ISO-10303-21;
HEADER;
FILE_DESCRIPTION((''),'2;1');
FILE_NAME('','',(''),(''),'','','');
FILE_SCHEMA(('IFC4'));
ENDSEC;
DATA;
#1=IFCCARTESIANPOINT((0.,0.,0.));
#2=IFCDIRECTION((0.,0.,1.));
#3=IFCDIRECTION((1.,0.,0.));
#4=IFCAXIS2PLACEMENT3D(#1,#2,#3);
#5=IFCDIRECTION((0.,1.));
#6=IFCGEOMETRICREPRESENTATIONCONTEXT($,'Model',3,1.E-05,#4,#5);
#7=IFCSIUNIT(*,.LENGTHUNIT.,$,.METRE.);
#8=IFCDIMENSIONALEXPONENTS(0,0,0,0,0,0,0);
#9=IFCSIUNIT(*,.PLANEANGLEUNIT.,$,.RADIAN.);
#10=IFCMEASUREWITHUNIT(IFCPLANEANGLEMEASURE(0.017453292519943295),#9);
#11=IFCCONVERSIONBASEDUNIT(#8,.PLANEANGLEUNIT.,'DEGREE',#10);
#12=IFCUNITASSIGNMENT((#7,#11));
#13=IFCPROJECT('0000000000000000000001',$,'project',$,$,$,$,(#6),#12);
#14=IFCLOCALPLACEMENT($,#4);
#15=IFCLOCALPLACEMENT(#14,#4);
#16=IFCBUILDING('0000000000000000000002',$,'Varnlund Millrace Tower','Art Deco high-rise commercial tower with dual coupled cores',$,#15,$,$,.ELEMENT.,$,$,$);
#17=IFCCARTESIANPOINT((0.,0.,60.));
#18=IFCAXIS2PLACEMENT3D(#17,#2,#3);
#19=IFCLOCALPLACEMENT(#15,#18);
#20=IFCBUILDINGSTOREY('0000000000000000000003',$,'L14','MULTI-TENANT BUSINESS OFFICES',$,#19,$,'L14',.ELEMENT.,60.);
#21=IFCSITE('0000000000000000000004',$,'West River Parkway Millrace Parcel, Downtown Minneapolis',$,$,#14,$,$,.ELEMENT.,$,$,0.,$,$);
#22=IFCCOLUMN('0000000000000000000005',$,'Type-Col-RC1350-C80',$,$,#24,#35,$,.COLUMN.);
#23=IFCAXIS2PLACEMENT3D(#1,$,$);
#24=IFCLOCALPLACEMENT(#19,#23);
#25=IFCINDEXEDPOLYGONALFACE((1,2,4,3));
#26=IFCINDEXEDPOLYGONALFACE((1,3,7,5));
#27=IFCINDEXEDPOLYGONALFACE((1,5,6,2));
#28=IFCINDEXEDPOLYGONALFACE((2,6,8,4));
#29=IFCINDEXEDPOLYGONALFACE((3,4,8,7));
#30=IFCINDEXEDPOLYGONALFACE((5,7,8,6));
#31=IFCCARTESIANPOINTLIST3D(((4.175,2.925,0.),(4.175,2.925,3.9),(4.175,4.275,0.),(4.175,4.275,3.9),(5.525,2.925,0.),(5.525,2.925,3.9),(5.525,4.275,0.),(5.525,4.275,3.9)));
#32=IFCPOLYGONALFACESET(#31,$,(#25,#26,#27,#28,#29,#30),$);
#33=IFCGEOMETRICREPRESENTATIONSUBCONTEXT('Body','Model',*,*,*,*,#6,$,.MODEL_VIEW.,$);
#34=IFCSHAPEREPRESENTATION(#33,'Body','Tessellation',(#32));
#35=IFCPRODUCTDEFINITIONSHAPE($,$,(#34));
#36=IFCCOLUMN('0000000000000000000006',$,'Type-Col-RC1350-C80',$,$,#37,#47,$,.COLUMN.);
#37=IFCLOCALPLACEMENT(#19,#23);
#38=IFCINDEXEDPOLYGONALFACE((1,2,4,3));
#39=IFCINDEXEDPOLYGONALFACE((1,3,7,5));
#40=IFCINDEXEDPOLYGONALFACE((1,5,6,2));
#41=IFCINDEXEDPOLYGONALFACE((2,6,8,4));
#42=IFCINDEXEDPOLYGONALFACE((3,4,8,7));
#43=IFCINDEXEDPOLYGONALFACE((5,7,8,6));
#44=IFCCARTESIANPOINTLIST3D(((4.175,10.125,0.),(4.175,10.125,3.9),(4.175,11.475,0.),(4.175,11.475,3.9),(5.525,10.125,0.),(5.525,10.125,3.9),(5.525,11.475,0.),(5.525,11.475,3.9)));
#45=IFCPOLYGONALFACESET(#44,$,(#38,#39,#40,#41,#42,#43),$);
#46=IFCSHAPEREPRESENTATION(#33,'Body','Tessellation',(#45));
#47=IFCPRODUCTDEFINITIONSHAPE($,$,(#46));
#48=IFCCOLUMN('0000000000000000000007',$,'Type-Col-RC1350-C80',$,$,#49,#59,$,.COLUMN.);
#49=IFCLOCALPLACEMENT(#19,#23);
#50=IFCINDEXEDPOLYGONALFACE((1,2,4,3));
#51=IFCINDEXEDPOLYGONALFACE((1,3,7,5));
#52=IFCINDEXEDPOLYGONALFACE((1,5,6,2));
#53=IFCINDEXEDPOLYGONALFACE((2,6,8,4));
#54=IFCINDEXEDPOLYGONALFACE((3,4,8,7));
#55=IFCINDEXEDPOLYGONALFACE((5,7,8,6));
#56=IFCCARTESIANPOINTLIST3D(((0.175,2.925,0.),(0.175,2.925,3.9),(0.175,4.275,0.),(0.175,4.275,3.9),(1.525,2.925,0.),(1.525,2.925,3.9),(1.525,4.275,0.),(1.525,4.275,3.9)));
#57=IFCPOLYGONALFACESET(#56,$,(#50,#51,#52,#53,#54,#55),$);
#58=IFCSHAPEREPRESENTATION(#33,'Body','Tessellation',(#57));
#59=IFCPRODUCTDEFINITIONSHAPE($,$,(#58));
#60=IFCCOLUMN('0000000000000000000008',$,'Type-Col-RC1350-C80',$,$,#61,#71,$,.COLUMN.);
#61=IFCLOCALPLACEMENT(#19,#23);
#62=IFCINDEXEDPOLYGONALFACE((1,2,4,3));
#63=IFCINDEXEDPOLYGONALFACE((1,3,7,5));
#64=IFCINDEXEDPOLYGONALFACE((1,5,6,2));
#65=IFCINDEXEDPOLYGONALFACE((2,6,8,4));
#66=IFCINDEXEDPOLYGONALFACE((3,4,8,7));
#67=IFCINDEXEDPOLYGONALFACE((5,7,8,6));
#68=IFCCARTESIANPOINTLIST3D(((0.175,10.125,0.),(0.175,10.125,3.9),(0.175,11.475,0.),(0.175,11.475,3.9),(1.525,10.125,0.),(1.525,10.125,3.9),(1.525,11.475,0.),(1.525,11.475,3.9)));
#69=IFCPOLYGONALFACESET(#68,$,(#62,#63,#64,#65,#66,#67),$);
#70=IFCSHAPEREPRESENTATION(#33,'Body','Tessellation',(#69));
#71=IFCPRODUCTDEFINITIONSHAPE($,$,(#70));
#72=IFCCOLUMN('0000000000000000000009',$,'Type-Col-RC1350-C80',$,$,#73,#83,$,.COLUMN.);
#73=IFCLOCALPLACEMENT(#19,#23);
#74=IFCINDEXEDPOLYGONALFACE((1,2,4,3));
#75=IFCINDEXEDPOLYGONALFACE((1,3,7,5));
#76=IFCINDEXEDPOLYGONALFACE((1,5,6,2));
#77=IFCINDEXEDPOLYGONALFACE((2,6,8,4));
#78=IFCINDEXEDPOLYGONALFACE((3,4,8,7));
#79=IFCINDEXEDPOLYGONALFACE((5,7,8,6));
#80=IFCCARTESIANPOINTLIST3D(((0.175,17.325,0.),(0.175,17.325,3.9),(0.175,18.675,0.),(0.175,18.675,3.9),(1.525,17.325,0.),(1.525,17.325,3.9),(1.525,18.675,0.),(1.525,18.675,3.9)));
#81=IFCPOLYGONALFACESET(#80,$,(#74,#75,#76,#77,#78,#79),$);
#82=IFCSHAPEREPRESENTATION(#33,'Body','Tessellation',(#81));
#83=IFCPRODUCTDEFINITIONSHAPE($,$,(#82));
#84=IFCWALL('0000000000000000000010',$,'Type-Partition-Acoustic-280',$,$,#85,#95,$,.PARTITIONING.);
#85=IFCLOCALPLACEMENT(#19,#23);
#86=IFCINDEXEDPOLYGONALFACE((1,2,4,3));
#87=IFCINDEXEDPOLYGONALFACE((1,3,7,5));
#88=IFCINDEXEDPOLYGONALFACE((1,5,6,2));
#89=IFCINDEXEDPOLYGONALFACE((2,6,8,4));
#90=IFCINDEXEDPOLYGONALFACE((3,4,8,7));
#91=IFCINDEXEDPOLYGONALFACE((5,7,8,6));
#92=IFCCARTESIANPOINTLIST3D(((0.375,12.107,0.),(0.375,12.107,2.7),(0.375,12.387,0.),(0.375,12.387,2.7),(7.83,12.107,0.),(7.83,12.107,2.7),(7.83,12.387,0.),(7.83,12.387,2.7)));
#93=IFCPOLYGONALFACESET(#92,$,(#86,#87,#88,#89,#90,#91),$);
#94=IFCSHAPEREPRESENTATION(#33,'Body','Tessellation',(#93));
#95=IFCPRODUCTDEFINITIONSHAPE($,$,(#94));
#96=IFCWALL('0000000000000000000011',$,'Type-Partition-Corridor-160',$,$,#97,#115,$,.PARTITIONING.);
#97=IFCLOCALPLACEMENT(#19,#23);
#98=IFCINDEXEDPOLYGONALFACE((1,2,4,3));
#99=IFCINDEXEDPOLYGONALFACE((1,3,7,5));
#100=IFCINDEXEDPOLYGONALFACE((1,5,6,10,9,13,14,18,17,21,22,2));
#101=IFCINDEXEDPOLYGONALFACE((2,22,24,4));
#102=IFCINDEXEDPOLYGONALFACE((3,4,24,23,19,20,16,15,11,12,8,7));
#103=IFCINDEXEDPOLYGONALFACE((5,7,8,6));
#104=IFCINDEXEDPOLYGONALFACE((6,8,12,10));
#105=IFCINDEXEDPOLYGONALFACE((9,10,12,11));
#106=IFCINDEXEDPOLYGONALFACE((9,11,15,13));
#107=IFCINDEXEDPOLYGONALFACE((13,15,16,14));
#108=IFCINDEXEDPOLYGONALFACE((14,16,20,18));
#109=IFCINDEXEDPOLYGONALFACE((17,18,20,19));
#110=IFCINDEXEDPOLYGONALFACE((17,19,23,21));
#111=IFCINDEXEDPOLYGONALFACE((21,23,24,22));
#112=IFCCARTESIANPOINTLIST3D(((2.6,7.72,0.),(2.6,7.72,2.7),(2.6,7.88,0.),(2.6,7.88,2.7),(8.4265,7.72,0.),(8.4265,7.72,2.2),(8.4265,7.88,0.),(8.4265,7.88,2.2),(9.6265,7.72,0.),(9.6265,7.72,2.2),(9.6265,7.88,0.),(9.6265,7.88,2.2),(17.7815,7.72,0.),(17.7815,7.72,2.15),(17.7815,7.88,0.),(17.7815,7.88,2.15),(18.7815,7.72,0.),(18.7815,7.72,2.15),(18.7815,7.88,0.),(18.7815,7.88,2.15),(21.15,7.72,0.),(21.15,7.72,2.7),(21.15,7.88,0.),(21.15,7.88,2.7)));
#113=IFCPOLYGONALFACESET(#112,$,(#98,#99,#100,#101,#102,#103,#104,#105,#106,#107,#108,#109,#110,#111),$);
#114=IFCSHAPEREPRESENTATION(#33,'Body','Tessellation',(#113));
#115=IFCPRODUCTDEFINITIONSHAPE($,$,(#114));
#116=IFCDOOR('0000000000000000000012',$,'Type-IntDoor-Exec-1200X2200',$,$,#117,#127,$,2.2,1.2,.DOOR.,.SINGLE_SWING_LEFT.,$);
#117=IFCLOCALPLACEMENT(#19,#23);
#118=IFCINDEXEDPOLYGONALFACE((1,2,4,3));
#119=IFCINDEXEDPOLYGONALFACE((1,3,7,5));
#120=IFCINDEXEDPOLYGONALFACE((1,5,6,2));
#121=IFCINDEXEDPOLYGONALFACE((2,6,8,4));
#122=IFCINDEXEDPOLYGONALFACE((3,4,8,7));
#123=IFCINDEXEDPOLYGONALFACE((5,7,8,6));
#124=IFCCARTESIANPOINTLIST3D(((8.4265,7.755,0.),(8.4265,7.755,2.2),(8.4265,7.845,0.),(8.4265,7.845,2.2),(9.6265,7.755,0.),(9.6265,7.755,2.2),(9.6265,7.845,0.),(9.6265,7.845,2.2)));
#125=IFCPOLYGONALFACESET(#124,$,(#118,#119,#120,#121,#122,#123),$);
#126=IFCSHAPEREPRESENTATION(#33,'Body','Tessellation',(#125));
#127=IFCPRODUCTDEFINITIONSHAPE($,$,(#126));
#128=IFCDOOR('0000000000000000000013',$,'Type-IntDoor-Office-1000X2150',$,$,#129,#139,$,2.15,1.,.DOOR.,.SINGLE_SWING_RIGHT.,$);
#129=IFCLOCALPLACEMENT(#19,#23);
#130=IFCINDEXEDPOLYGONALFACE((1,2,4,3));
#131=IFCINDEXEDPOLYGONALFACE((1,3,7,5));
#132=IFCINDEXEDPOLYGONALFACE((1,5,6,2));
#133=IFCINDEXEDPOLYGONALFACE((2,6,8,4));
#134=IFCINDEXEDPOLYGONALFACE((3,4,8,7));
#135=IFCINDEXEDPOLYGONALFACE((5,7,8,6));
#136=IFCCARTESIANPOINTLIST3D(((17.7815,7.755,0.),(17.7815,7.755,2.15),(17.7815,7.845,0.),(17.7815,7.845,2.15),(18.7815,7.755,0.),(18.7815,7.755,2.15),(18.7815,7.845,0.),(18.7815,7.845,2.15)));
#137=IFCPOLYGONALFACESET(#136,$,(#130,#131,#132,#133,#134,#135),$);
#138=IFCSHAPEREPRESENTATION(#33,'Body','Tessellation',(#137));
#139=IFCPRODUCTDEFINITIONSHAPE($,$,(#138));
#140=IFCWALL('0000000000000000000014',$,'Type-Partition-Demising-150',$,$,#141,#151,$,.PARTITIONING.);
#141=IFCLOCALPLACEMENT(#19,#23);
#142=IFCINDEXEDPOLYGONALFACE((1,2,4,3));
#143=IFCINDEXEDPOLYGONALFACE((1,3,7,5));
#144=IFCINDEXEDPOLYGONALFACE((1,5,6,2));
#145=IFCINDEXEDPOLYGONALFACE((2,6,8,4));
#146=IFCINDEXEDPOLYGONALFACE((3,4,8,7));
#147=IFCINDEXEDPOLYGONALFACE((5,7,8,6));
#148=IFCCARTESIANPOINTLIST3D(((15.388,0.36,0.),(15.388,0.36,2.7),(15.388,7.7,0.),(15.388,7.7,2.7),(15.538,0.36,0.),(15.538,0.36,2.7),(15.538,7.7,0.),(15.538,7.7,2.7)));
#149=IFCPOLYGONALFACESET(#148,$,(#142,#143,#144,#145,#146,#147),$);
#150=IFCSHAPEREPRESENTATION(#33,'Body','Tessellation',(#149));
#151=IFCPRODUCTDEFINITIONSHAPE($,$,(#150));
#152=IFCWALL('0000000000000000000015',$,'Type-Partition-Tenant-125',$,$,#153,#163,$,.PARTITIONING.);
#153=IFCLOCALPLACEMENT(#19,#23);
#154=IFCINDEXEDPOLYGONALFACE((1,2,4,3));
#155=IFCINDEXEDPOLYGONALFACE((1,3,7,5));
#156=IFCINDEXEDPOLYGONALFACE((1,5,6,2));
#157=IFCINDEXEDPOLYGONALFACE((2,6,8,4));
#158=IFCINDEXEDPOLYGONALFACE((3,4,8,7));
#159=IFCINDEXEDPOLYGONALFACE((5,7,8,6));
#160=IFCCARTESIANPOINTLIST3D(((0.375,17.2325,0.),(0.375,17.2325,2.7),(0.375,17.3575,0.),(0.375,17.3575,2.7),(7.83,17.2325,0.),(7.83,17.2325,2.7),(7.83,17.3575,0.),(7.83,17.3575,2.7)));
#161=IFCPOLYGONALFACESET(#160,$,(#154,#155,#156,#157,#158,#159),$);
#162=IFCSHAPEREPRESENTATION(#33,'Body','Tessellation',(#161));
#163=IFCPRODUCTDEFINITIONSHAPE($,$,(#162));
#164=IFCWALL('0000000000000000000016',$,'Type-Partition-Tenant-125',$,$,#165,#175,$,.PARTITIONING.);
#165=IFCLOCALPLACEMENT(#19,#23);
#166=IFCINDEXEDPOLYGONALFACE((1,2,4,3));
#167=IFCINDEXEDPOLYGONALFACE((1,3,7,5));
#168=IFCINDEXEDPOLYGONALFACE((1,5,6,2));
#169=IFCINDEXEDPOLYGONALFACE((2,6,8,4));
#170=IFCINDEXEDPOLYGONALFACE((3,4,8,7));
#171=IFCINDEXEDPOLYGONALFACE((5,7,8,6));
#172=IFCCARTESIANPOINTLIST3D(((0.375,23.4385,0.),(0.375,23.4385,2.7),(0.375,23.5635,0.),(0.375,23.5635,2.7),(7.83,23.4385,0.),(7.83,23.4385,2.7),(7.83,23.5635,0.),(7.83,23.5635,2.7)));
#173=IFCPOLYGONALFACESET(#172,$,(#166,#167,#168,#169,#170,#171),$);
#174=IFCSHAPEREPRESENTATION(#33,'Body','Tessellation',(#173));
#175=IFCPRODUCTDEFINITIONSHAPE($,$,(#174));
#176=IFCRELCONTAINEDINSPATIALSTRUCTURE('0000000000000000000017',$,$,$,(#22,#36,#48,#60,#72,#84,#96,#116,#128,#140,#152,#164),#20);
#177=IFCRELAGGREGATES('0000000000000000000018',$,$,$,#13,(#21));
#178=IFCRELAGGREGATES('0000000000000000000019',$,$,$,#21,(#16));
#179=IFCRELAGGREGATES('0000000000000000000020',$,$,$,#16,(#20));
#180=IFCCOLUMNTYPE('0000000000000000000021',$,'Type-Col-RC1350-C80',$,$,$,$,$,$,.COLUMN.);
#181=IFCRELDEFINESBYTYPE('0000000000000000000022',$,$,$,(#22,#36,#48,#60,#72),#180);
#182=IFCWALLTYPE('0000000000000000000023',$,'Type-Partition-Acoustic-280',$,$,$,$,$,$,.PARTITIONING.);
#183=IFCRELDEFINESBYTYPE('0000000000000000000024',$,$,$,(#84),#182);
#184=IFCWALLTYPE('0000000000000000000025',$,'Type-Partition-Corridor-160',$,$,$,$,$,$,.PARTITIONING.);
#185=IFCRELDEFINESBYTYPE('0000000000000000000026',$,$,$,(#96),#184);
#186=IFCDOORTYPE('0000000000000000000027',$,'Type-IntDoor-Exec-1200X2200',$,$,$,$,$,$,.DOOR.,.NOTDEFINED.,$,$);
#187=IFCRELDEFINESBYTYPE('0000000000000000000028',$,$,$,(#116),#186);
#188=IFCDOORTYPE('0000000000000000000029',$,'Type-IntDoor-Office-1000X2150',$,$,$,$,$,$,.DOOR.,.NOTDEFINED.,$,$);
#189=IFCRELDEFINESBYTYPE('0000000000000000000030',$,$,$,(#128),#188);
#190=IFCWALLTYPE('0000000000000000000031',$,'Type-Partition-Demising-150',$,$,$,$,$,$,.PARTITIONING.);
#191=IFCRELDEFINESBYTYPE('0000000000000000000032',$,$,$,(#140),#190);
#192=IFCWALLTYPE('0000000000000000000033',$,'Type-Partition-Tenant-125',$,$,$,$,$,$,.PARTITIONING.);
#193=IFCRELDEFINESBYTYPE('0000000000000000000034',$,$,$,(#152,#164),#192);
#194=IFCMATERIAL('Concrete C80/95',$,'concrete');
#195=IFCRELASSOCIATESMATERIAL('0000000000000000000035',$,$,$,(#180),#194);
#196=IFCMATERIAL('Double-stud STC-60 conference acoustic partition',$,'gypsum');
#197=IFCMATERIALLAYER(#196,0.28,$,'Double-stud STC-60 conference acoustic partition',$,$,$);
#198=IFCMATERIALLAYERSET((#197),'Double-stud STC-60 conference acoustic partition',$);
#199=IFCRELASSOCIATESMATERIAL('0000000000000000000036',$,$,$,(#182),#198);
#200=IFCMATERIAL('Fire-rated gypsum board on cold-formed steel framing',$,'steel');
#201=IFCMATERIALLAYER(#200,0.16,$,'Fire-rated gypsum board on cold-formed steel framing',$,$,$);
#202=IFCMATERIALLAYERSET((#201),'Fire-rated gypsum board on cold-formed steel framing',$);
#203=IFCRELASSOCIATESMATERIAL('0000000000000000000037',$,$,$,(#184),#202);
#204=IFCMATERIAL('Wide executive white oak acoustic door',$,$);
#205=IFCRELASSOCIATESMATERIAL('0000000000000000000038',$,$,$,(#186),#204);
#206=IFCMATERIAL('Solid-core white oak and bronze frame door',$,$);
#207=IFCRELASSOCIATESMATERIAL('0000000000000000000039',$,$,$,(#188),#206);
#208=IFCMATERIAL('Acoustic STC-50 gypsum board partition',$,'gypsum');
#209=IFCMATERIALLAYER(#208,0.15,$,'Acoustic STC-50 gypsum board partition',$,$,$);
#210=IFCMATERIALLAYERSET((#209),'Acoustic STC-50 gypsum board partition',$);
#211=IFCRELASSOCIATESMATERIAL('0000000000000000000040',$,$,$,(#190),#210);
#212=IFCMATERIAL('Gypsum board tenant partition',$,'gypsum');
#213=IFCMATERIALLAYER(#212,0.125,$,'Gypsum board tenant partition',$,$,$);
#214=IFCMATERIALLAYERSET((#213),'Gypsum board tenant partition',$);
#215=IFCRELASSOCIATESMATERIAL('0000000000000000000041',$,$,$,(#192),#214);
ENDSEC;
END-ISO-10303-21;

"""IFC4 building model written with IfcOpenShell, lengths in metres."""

from ifc_helpers import new_model, entity, si_unit, converted_unit, direction, frame, origin_with_axes, origin_2d_with_axis, place, context, subcontext, project, spatial, polyline, rectangle, outline, extrude, material, layer, layer_set, material_profile, profile_set, type_object, element, fill, save


model = new_model("IFC4")

# Units and contexts
model_context = context("Model", 3, precision=1e-05, world=origin_with_axes(), true_north=direction((0.0, 1.0)))
body_context = subcontext(model_context, "Body", "Model", "MODEL_VIEW")
ifc_project = project(units=[si_unit("LENGTHUNIT", "METRE"), converted_unit("PLANEANGLEUNIT", "DEGREE", entity("IfcPlaneAngleMeasure", 0.017453292519943295), si_unit("PLANEANGLEUNIT", "RADIAN"), dimensions=[0, 0, 0, 0, 0, 0, 0])], contexts=[model_context])

# Site, building, storey
site_placement = place(None, origin_with_axes())
site = spatial("IfcSite", under=ifc_project, at=site_placement, Name="West River Parkway Millrace Parcel, Downtown Minneapolis", CompositionType="ELEMENT", RefElevation=0.0)
building_placement = place(site_placement, origin_with_axes())
building = spatial("IfcBuilding", under=site, at=building_placement, Name="Varnlund Millrace Tower", Description="Art Deco high-rise commercial tower with dual coupled cores", CompositionType="ELEMENT")
storey_placement = place(building_placement, frame((0.0, 0.0, 60.0), z_axis=(0.0, 0.0, 1.0), x_axis=(1.0, 0.0, 0.0)))
storey = spatial("IfcBuildingStorey", under=building, at=storey_placement, Name="L14", Description="MULTI-TENANT BUSINESS OFFICES", LongName="L14", CompositionType="ELEMENT", Elevation=60.0)

# Columns
ifc_material_1 = material(Name="Concrete C80/95", Category="concrete")
ifc_material_profile = material_profile(ifc_material_1, rectangle(XDim=1.35, YDim=1.35, at=origin_2d_with_axis()), Name="Concrete C80/95")
ifc_profile_set = profile_set([ifc_material_profile], Name="Concrete C80/95")
column_type = type_object("IfcColumnType", Name="Type-Col-RC1350-C80", PredefinedType="COLUMN", material=ifc_profile_set)
for number, where, z_axis, x_axis, name in (
    (1, (4.85, 3.6, 0.0), (0.0, 0.0, 1.0), (1.0, 0.0, 0.0), "Type-Col-RC1350-C80"),
    (2, (4.85, 10.8, 0.0), (0.0, 0.0, 1.0), (1.0, 0.0, 0.0), "Type-Col-RC1350-C80"),
    (3, (0.85, 3.6, 0.0), (0.0, 0.0, 1.0), (1.0, 0.0, 0.0), "Type-Col-RC1350-C80"),
    (4, (0.85, 10.8, 0.0), (0.0, 0.0, 1.0), (1.0, 0.0, 0.0), "Type-Col-RC1350-C80"),
    (5, (0.85, 18.0, 0.0), (0.0, 0.0, 1.0), (1.0, 0.0, 0.0), "Type-Col-RC1350-C80"),
):
    element("IfcColumn", number, at=place(storey_placement, frame(where, z_axis=z_axis, x_axis=x_axis)), inside=storey, type_object=column_type, Name=name, PredefinedType="COLUMN", context=body_context, shape_type="SweptSolid", body=[
        extrude(rectangle(XDim=1.35, YDim=1.35, at=origin_2d_with_axis()), origin_with_axes(), (0.0, 0.0, 1.0), 3.9),
    ])

# Wall
ifc_material_2 = material(Name="Double-stud STC-60 conference acoustic partition", Category="gypsum")
ifc_layer_1 = layer(ifc_material_2, 0.28, Name="Double-stud STC-60 conference acoustic partition")
ifc_layer_set_1 = layer_set([ifc_layer_1], Name="Double-stud STC-60 conference acoustic partition")
wall_type_1 = type_object("IfcWallType", Name="Type-Partition-Acoustic-280", PredefinedType="PARTITIONING", material=ifc_layer_set_1)
wall_1_placement = place(storey_placement, frame((0.375, 12.247, 0.0), z_axis=(0.0, 0.0, 1.0), x_axis=(1.0, 0.0, 0.0)))
element("IfcWall", 6, at=wall_1_placement, inside=storey, type_object=wall_type_1, Name="Type-Partition-Acoustic-280", PredefinedType="PARTITIONING", context=body_context, shape_type="SweptSolid", body=[
    extrude(outline(polyline([(0.0, -0.14), (7.455, -0.14), (7.455, 0.14), (0.0, 0.14), (0.0, -0.14)])), origin_with_axes(), (0.0, 0.0, 1.0), 2.7),
])

# Wall, openings, doors
ifc_material_3 = material(Name="Fire-rated gypsum board on cold-formed steel framing", Category="steel")
ifc_layer_2 = layer(ifc_material_3, 0.16, Name="Fire-rated gypsum board on cold-formed steel framing")
ifc_layer_set_2 = layer_set([ifc_layer_2], Name="Fire-rated gypsum board on cold-formed steel framing")
wall_type_2 = type_object("IfcWallType", Name="Type-Partition-Corridor-160", PredefinedType="PARTITIONING", material=ifc_layer_set_2)
wall_2_placement = place(storey_placement, frame((2.6, 7.8, 0.0), z_axis=(0.0, 0.0, 1.0), x_axis=(1.0, 0.0, 0.0)))
wall_2 = element("IfcWall", 7, at=wall_2_placement, inside=storey, type_object=wall_type_2, Name="Type-Partition-Corridor-160", PredefinedType="PARTITIONING", context=body_context, shape_type="SweptSolid", body=[
    extrude(outline(polyline([(0.0, -0.08), (18.55, -0.08), (18.55, 0.08), (0.0, 0.08), (0.0, -0.08)])), origin_with_axes(), (0.0, 0.0, 1.0), 2.7),
])
opening_1_placement = place(wall_2_placement, frame((6.4265, 0.0, 0.0), z_axis=(0.0, 0.0, 1.0), x_axis=(1.0, 0.0, 0.0)))
opening_1 = element("IfcOpeningElement", 8, at=opening_1_placement, cuts=wall_2, PredefinedType="OPENING", context=body_context, shape_type="SweptSolid", body=[
    extrude(rectangle(XDim=1.2, YDim=0.18, at=origin_2d_with_axis()), origin_with_axes(), (0.0, 0.0, 1.0), 2.2),
])
opening_2_placement = place(wall_2_placement, frame((15.6815, 0.0, 0.0), z_axis=(0.0, 0.0, 1.0), x_axis=(1.0, 0.0, 0.0)))
opening_2 = element("IfcOpeningElement", 9, at=opening_2_placement, cuts=wall_2, PredefinedType="OPENING", context=body_context, shape_type="SweptSolid", body=[
    extrude(rectangle(XDim=1.0, YDim=0.18, at=origin_2d_with_axis()), origin_with_axes(), (0.0, 0.0, 1.0), 2.15),
])
ifc_material_4 = material(Name="Wide executive white oak acoustic door")
door_type_1 = type_object("IfcDoorType", Name="Type-IntDoor-Exec-1200X2200", OperationType="NOTDEFINED", PredefinedType="DOOR", material=ifc_material_4)
door_1_placement = place(wall_2_placement, frame((6.4265, 0.0, 0.0), z_axis=(0.0, 0.0, 1.0), x_axis=(1.0, 0.0, 0.0)))
door_1 = element("IfcDoor", 10, at=door_1_placement, inside=storey, type_object=door_type_1, Name="Type-IntDoor-Exec-1200X2200", OperationType="SINGLE_SWING_LEFT", OverallHeight=2.2, OverallWidth=1.2, PredefinedType="DOOR", context=body_context, shape_type="SweptSolid", body=[
    extrude(rectangle(XDim=1.2, YDim=0.09, at=origin_2d_with_axis()), origin_with_axes(), (0.0, 0.0, 1.0), 2.2),
])
fill(opening_1, door_1)
ifc_material_5 = material(Name="Solid-core white oak and bronze frame door")
door_type_2 = type_object("IfcDoorType", Name="Type-IntDoor-Office-1000X2150", OperationType="NOTDEFINED", PredefinedType="DOOR", material=ifc_material_5)
door_2_placement = place(wall_2_placement, frame((15.6815, 0.0, 0.0), z_axis=(0.0, 0.0, 1.0), x_axis=(1.0, 0.0, 0.0)))
door_2 = element("IfcDoor", 11, at=door_2_placement, inside=storey, type_object=door_type_2, Name="Type-IntDoor-Office-1000X2150", OperationType="SINGLE_SWING_RIGHT", OverallHeight=2.15, OverallWidth=1.0, PredefinedType="DOOR", context=body_context, shape_type="SweptSolid", body=[
    extrude(rectangle(XDim=1.0, YDim=0.09, at=origin_2d_with_axis()), origin_with_axes(), (0.0, 0.0, 1.0), 2.15),
])
fill(opening_2, door_2)

# Walls
ifc_material_6 = material(Name="Acoustic STC-50 gypsum board partition", Category="gypsum")
ifc_layer_3 = layer(ifc_material_6, 0.15, Name="Acoustic STC-50 gypsum board partition")
ifc_layer_set_3 = layer_set([ifc_layer_3], Name="Acoustic STC-50 gypsum board partition")
wall_type_3 = type_object("IfcWallType", Name="Type-Partition-Demising-150", PredefinedType="PARTITIONING", material=ifc_layer_set_3)
wall_3_placement = place(storey_placement, frame((15.463, 0.36, 0.0), z_axis=(0.0, 0.0, 1.0), x_axis=(0.0, 1.0, 0.0)))
element("IfcWall", 12, at=wall_3_placement, inside=storey, type_object=wall_type_3, Name="Type-Partition-Demising-150", PredefinedType="PARTITIONING", context=body_context, shape_type="SweptSolid", body=[
    extrude(outline(polyline([(0.0, -0.075), (7.34, -0.075), (7.34, 0.075), (0.0, 0.075), (0.0, -0.075)])), origin_with_axes(), (0.0, 0.0, 1.0), 2.7),
])
ifc_material_7 = material(Name="Gypsum board tenant partition", Category="gypsum")
ifc_layer_4 = layer(ifc_material_7, 0.125, Name="Gypsum board tenant partition")
ifc_layer_set_4 = layer_set([ifc_layer_4], Name="Gypsum board tenant partition")
wall_type_4 = type_object("IfcWallType", Name="Type-Partition-Tenant-125", PredefinedType="PARTITIONING", material=ifc_layer_set_4)
for number, where, z_axis, x_axis, name in (
    (13, (0.375, 17.295, 0.0), (0.0, 0.0, 1.0), (1.0, 0.0, 0.0), "Type-Partition-Tenant-125"),
    (14, (0.375, 23.501, 0.0), (0.0, 0.0, 1.0), (1.0, 0.0, 0.0), "Type-Partition-Tenant-125"),
):
    element("IfcWall", number, at=place(storey_placement, frame(where, z_axis=z_axis, x_axis=x_axis)), inside=storey, type_object=wall_type_4, Name=name, PredefinedType="PARTITIONING", context=body_context, shape_type="SweptSolid", body=[
        extrude(outline(polyline([(0.0, -0.0625), (7.455, -0.0625), (7.455, 0.0625), (0.0, 0.0625), (0.0, -0.0625)])), origin_with_axes(), (0.0, 0.0, 1.0), 2.7),
    ])

save(model, "model.ifc")
